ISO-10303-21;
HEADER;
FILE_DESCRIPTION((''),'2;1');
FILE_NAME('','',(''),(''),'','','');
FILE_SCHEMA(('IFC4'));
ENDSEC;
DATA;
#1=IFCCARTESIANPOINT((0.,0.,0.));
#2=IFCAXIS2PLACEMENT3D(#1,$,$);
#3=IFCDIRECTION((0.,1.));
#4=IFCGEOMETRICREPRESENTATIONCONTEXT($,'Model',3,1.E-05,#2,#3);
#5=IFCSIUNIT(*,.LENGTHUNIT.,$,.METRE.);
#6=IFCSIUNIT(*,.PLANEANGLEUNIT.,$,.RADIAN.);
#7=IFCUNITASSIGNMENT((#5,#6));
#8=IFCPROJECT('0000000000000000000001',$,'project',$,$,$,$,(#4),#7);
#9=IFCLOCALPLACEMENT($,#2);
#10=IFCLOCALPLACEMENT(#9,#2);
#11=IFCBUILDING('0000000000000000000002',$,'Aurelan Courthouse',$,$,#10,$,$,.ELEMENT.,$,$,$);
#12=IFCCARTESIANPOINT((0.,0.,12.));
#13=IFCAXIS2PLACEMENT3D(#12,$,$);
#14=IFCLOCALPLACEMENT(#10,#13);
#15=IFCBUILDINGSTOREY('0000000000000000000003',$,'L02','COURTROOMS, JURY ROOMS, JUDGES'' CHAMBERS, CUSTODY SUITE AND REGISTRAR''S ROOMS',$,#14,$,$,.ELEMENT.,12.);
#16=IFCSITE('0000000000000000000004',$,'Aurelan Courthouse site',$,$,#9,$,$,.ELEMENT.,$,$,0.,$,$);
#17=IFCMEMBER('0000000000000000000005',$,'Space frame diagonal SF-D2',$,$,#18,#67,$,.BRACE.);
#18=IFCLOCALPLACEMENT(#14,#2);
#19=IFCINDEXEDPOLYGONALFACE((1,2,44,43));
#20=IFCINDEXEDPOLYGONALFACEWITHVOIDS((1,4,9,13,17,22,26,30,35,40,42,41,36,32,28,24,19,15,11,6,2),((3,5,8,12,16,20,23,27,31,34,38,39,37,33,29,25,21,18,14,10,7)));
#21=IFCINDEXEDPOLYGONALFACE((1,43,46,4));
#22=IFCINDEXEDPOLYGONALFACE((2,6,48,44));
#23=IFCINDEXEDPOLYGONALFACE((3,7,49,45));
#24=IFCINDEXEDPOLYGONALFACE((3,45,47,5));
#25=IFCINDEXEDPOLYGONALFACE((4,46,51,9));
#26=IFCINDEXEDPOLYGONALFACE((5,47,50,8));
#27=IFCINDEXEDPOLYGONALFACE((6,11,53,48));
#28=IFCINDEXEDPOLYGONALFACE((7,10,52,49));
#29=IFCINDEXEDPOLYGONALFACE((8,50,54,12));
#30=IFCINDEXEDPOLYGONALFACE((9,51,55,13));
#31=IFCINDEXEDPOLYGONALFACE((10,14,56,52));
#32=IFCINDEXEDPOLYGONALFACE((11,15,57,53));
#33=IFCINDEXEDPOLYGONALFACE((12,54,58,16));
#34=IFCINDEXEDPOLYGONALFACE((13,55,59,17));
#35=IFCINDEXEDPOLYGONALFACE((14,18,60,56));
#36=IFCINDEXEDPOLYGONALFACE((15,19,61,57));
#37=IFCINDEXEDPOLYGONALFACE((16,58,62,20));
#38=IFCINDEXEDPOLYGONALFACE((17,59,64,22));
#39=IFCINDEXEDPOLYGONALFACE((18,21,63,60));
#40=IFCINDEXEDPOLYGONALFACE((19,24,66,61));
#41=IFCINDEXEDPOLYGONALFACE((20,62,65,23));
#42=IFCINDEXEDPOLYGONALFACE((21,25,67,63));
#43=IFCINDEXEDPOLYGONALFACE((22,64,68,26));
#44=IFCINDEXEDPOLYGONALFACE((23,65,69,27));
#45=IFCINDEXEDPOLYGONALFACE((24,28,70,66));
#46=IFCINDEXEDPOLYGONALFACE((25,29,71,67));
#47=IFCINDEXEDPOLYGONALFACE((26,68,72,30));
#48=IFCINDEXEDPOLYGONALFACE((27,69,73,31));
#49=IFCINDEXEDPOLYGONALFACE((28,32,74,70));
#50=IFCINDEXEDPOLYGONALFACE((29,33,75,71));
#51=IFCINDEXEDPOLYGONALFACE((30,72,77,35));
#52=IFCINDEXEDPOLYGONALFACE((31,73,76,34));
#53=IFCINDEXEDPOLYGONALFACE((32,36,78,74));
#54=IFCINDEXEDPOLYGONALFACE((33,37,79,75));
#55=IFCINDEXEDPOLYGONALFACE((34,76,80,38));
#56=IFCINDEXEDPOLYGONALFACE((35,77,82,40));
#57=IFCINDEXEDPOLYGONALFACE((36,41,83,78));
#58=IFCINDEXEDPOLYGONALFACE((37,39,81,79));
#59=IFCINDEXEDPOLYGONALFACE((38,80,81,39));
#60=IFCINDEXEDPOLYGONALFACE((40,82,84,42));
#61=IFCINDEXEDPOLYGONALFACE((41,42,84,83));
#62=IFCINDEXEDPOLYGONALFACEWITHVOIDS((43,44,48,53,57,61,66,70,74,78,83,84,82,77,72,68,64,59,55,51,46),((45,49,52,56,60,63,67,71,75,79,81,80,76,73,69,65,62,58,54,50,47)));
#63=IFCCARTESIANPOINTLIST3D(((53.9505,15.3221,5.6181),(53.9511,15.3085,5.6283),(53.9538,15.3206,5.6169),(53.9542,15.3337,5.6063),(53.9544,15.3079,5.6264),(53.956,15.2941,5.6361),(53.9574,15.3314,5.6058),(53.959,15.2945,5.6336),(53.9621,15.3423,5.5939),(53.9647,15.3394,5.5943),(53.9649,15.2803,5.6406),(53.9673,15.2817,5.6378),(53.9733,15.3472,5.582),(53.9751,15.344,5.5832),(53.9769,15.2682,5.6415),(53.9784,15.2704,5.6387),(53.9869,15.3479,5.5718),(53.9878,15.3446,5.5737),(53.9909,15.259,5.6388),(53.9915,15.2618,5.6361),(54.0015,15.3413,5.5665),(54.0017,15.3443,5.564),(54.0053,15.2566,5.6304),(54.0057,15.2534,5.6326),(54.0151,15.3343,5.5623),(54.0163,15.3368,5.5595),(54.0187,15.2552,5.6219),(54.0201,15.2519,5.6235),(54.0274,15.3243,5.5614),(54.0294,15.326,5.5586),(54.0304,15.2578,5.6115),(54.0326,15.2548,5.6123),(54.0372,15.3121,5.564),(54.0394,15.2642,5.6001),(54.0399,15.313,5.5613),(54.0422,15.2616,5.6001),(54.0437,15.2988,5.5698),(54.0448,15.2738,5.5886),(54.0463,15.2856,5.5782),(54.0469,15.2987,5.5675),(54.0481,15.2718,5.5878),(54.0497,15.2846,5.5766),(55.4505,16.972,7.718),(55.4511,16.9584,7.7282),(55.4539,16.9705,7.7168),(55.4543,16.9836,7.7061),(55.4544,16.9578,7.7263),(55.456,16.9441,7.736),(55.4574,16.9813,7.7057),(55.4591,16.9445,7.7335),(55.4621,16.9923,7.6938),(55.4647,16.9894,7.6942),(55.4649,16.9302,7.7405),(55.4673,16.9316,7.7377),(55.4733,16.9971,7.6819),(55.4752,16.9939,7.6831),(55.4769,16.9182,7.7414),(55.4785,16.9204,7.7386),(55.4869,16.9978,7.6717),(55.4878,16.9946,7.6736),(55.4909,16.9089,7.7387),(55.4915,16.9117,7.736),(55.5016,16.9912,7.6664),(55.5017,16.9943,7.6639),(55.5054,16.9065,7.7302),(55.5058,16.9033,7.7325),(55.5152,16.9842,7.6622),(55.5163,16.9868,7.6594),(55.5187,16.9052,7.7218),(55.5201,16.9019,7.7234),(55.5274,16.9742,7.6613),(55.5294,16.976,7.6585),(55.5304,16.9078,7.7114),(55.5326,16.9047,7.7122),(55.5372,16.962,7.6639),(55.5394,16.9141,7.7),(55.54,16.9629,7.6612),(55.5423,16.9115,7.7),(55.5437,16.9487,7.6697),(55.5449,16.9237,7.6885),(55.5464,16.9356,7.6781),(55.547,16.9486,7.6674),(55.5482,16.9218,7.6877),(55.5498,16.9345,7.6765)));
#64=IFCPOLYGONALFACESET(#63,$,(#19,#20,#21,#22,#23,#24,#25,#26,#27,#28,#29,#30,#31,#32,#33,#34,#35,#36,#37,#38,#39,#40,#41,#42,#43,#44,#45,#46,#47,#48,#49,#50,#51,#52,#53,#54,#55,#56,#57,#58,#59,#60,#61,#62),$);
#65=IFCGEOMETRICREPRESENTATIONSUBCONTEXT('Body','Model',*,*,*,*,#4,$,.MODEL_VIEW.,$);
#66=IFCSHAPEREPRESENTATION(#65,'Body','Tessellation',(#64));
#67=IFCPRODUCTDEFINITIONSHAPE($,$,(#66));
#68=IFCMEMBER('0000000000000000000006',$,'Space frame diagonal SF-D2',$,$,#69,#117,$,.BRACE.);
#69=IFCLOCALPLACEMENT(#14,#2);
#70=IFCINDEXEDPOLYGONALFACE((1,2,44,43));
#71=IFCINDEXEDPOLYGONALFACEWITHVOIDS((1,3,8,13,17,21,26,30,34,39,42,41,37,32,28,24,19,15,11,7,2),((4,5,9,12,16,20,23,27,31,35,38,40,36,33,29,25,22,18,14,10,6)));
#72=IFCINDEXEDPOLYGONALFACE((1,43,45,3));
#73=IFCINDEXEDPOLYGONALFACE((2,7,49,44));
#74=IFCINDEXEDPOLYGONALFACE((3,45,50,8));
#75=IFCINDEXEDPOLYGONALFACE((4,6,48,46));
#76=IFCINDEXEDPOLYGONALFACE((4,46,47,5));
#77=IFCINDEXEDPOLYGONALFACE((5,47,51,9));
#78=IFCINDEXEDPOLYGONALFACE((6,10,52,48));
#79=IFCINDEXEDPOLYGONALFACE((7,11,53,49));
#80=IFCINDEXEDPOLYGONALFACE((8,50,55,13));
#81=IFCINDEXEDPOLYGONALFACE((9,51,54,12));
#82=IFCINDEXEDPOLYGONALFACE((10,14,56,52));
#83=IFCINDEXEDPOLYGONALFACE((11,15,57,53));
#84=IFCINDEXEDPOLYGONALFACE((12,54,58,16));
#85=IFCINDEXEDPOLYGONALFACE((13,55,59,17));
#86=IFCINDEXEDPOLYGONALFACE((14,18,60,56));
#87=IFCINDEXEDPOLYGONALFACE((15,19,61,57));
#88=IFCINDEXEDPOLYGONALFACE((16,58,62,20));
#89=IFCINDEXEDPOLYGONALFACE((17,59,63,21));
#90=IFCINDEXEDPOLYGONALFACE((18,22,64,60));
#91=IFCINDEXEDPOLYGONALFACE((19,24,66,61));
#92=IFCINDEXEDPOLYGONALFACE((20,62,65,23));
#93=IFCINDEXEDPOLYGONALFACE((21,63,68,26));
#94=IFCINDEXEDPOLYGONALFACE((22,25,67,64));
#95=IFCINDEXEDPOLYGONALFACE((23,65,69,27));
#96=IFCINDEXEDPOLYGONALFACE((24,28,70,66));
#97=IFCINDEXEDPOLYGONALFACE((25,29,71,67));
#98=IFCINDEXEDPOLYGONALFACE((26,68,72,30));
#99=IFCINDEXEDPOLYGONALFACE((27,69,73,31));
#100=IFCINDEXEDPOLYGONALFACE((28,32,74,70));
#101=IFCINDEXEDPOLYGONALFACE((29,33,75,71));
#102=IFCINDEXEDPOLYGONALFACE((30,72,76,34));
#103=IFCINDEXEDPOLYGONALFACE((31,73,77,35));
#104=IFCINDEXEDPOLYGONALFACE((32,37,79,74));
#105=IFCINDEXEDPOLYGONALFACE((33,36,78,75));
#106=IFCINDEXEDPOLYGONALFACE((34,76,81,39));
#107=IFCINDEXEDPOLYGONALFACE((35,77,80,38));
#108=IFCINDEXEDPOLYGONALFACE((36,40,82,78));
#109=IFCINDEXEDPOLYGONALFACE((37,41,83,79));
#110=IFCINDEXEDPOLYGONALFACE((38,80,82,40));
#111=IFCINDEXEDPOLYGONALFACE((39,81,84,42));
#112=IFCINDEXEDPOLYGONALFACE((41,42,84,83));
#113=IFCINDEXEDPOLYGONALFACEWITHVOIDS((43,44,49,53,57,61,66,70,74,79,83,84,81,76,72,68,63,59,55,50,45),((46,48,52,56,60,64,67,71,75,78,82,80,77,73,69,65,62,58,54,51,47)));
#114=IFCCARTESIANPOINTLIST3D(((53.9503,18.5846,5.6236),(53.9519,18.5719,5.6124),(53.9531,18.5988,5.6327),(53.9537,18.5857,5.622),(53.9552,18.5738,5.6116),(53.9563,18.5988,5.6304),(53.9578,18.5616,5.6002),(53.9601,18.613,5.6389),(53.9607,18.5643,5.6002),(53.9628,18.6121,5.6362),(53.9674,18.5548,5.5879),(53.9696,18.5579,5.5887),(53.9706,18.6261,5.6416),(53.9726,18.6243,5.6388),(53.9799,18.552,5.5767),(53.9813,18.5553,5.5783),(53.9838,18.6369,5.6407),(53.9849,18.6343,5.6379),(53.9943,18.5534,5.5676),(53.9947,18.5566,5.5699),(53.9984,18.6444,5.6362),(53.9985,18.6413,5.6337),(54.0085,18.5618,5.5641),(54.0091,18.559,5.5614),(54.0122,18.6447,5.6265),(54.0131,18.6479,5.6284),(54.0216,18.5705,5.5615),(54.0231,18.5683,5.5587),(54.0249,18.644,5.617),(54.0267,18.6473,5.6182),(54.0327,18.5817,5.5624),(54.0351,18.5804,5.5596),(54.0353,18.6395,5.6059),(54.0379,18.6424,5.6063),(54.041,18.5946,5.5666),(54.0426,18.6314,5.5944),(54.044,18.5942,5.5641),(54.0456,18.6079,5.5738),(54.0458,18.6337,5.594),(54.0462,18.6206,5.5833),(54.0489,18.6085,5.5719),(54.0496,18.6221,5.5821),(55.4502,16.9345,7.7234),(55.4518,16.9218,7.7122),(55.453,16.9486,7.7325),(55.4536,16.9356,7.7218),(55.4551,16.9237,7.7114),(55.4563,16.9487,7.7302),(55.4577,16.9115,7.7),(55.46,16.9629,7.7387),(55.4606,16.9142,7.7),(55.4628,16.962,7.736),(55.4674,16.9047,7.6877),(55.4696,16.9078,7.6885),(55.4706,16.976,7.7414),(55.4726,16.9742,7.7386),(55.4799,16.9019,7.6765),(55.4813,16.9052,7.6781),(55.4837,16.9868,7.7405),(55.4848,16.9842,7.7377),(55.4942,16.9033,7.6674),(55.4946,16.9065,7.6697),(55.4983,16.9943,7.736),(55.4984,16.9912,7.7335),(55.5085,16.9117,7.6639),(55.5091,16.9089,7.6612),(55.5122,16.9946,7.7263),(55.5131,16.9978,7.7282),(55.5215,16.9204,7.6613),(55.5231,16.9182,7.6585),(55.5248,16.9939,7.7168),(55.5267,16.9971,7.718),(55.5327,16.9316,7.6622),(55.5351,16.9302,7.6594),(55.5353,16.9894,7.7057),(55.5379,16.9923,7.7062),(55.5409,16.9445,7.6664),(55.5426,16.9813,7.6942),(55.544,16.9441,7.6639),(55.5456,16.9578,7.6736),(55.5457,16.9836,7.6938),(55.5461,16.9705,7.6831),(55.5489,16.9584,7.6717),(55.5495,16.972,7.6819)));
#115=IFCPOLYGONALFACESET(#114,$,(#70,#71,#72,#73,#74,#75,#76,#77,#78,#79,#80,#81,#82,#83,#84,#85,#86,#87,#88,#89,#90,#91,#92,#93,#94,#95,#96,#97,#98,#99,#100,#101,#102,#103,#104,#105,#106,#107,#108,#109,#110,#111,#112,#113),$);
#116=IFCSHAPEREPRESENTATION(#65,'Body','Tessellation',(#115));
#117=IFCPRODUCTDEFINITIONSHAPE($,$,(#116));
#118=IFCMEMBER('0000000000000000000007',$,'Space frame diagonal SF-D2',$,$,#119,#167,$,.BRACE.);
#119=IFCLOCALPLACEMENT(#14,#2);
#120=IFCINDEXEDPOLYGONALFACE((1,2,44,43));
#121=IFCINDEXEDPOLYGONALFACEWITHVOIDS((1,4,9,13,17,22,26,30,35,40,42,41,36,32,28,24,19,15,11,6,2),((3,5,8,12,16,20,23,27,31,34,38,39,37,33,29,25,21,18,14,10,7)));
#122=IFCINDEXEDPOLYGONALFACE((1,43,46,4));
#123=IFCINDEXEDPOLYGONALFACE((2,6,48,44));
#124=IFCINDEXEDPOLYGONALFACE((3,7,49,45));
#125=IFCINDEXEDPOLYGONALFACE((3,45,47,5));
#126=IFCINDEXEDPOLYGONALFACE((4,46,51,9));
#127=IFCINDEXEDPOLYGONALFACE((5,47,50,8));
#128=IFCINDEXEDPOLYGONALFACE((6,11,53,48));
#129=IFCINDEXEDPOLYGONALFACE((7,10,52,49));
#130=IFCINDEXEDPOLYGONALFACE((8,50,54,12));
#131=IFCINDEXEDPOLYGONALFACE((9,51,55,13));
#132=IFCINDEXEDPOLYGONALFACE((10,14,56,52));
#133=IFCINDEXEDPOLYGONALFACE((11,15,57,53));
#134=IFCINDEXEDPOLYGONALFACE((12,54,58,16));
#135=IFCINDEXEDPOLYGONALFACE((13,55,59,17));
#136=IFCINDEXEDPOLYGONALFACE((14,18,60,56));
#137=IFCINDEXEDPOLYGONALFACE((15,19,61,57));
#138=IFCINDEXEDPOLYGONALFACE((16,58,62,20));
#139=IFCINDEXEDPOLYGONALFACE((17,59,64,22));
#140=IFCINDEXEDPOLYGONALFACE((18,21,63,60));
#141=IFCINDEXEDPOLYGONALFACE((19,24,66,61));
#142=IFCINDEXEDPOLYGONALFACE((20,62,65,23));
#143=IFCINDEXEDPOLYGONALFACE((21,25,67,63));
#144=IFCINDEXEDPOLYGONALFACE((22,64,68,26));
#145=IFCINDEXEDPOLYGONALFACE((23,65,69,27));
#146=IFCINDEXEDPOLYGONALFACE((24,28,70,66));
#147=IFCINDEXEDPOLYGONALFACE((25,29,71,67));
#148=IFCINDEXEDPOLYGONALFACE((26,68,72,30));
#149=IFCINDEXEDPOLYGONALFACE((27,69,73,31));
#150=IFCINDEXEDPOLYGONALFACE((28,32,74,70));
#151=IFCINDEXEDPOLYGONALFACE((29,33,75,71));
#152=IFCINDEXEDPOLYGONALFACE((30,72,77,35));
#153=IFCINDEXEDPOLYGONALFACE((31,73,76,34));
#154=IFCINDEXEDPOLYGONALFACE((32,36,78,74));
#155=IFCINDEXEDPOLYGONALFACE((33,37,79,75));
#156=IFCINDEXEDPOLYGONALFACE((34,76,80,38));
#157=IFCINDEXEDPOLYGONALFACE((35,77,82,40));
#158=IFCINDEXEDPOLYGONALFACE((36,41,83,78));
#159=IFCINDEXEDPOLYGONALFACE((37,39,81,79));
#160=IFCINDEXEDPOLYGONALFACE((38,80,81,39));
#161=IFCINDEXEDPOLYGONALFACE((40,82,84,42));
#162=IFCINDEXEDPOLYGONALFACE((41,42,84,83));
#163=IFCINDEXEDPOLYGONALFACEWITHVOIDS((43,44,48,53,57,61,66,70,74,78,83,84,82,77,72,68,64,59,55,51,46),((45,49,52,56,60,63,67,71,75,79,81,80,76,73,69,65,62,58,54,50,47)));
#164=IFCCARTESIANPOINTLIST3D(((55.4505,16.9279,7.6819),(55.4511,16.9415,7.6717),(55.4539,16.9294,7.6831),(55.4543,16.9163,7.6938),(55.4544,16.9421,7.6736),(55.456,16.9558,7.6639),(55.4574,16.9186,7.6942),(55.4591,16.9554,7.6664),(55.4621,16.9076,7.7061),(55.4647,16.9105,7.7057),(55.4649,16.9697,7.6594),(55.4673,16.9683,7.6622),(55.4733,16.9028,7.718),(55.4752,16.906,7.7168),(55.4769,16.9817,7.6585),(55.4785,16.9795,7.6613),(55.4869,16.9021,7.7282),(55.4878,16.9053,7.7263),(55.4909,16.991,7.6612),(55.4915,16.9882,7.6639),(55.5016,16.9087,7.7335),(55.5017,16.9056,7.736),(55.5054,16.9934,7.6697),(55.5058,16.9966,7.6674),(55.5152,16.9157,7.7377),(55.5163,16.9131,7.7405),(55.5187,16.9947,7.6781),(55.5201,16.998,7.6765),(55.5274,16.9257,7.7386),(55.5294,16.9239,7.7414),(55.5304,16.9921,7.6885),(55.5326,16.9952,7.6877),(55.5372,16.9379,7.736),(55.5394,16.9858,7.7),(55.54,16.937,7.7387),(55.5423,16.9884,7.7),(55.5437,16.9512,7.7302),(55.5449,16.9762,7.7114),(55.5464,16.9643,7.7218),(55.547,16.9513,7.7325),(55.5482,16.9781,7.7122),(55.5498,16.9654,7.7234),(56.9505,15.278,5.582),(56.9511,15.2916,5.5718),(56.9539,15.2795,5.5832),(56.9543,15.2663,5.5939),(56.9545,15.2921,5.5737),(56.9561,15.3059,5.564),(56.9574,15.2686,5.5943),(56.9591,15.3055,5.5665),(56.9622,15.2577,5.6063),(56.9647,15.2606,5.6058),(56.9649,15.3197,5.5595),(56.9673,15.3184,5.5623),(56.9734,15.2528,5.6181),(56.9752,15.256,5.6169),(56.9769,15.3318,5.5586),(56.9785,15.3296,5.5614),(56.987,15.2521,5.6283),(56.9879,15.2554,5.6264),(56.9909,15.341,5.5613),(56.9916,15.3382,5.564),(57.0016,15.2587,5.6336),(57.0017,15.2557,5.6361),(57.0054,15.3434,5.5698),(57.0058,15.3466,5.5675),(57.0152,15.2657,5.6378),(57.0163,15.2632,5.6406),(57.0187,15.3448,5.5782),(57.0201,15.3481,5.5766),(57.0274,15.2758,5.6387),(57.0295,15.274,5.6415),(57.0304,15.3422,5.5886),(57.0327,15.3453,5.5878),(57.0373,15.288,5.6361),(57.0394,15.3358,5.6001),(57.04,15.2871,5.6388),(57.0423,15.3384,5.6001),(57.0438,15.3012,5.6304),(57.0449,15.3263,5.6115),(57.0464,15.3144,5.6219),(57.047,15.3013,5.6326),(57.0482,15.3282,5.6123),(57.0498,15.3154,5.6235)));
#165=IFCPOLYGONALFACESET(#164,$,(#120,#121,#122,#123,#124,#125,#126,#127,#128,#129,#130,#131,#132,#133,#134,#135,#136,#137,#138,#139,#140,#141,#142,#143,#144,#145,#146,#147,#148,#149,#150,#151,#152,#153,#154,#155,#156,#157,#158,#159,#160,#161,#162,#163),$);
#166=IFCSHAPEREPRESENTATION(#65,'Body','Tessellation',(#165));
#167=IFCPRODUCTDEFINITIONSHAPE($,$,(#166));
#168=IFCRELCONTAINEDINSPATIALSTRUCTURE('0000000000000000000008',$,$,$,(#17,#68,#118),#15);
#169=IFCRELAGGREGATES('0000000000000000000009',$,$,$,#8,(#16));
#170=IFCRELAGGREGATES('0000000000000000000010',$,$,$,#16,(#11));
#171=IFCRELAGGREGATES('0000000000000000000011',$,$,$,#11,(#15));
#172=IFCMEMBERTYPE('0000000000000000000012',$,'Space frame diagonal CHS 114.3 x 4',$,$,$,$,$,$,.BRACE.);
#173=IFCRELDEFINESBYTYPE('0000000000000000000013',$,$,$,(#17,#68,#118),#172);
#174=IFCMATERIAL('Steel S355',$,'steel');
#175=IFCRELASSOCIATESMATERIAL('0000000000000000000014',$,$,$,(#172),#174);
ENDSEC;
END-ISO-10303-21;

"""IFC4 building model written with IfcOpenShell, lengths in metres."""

from ifc_helpers import new_model, si_unit, direction, frame, origin, origin_2d, place, context, subcontext, project, spatial, hollow_circle, extrude, material, material_profile, profile_set, type_object, element, save


model = new_model("IFC4")

# Units and contexts
model_context = context("Model", 3, precision=1e-05, world=origin(), true_north=direction((0.0, 1.0)))
body_context = subcontext(model_context, "Body", "Model", "MODEL_VIEW")
ifc_project = project(units=[si_unit("LENGTHUNIT", "METRE"), si_unit("PLANEANGLEUNIT", "RADIAN")], contexts=[model_context])

# Site, building, storey
site_placement = place(None, origin())
site = spatial("IfcSite", under=ifc_project, at=site_placement, Name="Aurelan Courthouse site", CompositionType="ELEMENT", RefElevation=0.0)
building_placement = place(site_placement, origin())
building = spatial("IfcBuilding", under=site, at=building_placement, Name="Aurelan Courthouse", CompositionType="ELEMENT")
storey_placement = place(building_placement, frame((0.0, 0.0, 12.0)))
storey = spatial("IfcBuildingStorey", under=building, at=storey_placement, Name="L02", Description="COURTROOMS, JURY ROOMS, JUDGES' CHAMBERS, CUSTODY SUITE AND REGISTRAR'S ROOMS", CompositionType="ELEMENT", Elevation=12.0)

# Members
ifc_material_1 = material(Name="Steel S355", Category="steel")
ifc_material_profile_1 = material_profile(ifc_material_1, hollow_circle(Radius=0.0571, WallThickness=0.0039, at=origin_2d()), Name="CHS 114.3 x 4")
ifc_profile_set_1 = profile_set([ifc_material_profile_1], Name="Steel S355")
member_type_1 = type_object("IfcMemberType", Name="Space frame diagonal CHS 114.3 x 4", PredefinedType="BRACE", material=ifc_profile_set_1)
for number, where, z_axis, x_axis, name in (
    (1, (55.5, 16.95, 7.7), (-0.489727, -0.538667, -0.685569), (0.73992, -0.672695, 0.0), "Space frame diagonal SF-D2"),
    (2, (55.5, 16.95, 7.7), (-0.489706, 0.538724, -0.68554), (-0.73997, -0.67264, 0.0), "Space frame diagonal SF-D2"),
    (3, (55.5, 16.95, 7.7), (0.489727, -0.538667, -0.685569), (0.73992, 0.672695, 0.0), "Space frame diagonal SF-D2"),
):
    element("IfcMember", number, at=place(storey_placement, frame(where, z_axis=z_axis, x_axis=x_axis)), inside=storey, type_object=member_type_1, Name=name, PredefinedType="BRACE", context=body_context, shape_type="SweptSolid", body=[
        extrude(hollow_circle(Radius=0.0571, WallThickness=0.0039, at=origin_2d()), origin(), (0.0, 0.0, 1.0), 3.063),
    ])

save(model, "model.ifc")
